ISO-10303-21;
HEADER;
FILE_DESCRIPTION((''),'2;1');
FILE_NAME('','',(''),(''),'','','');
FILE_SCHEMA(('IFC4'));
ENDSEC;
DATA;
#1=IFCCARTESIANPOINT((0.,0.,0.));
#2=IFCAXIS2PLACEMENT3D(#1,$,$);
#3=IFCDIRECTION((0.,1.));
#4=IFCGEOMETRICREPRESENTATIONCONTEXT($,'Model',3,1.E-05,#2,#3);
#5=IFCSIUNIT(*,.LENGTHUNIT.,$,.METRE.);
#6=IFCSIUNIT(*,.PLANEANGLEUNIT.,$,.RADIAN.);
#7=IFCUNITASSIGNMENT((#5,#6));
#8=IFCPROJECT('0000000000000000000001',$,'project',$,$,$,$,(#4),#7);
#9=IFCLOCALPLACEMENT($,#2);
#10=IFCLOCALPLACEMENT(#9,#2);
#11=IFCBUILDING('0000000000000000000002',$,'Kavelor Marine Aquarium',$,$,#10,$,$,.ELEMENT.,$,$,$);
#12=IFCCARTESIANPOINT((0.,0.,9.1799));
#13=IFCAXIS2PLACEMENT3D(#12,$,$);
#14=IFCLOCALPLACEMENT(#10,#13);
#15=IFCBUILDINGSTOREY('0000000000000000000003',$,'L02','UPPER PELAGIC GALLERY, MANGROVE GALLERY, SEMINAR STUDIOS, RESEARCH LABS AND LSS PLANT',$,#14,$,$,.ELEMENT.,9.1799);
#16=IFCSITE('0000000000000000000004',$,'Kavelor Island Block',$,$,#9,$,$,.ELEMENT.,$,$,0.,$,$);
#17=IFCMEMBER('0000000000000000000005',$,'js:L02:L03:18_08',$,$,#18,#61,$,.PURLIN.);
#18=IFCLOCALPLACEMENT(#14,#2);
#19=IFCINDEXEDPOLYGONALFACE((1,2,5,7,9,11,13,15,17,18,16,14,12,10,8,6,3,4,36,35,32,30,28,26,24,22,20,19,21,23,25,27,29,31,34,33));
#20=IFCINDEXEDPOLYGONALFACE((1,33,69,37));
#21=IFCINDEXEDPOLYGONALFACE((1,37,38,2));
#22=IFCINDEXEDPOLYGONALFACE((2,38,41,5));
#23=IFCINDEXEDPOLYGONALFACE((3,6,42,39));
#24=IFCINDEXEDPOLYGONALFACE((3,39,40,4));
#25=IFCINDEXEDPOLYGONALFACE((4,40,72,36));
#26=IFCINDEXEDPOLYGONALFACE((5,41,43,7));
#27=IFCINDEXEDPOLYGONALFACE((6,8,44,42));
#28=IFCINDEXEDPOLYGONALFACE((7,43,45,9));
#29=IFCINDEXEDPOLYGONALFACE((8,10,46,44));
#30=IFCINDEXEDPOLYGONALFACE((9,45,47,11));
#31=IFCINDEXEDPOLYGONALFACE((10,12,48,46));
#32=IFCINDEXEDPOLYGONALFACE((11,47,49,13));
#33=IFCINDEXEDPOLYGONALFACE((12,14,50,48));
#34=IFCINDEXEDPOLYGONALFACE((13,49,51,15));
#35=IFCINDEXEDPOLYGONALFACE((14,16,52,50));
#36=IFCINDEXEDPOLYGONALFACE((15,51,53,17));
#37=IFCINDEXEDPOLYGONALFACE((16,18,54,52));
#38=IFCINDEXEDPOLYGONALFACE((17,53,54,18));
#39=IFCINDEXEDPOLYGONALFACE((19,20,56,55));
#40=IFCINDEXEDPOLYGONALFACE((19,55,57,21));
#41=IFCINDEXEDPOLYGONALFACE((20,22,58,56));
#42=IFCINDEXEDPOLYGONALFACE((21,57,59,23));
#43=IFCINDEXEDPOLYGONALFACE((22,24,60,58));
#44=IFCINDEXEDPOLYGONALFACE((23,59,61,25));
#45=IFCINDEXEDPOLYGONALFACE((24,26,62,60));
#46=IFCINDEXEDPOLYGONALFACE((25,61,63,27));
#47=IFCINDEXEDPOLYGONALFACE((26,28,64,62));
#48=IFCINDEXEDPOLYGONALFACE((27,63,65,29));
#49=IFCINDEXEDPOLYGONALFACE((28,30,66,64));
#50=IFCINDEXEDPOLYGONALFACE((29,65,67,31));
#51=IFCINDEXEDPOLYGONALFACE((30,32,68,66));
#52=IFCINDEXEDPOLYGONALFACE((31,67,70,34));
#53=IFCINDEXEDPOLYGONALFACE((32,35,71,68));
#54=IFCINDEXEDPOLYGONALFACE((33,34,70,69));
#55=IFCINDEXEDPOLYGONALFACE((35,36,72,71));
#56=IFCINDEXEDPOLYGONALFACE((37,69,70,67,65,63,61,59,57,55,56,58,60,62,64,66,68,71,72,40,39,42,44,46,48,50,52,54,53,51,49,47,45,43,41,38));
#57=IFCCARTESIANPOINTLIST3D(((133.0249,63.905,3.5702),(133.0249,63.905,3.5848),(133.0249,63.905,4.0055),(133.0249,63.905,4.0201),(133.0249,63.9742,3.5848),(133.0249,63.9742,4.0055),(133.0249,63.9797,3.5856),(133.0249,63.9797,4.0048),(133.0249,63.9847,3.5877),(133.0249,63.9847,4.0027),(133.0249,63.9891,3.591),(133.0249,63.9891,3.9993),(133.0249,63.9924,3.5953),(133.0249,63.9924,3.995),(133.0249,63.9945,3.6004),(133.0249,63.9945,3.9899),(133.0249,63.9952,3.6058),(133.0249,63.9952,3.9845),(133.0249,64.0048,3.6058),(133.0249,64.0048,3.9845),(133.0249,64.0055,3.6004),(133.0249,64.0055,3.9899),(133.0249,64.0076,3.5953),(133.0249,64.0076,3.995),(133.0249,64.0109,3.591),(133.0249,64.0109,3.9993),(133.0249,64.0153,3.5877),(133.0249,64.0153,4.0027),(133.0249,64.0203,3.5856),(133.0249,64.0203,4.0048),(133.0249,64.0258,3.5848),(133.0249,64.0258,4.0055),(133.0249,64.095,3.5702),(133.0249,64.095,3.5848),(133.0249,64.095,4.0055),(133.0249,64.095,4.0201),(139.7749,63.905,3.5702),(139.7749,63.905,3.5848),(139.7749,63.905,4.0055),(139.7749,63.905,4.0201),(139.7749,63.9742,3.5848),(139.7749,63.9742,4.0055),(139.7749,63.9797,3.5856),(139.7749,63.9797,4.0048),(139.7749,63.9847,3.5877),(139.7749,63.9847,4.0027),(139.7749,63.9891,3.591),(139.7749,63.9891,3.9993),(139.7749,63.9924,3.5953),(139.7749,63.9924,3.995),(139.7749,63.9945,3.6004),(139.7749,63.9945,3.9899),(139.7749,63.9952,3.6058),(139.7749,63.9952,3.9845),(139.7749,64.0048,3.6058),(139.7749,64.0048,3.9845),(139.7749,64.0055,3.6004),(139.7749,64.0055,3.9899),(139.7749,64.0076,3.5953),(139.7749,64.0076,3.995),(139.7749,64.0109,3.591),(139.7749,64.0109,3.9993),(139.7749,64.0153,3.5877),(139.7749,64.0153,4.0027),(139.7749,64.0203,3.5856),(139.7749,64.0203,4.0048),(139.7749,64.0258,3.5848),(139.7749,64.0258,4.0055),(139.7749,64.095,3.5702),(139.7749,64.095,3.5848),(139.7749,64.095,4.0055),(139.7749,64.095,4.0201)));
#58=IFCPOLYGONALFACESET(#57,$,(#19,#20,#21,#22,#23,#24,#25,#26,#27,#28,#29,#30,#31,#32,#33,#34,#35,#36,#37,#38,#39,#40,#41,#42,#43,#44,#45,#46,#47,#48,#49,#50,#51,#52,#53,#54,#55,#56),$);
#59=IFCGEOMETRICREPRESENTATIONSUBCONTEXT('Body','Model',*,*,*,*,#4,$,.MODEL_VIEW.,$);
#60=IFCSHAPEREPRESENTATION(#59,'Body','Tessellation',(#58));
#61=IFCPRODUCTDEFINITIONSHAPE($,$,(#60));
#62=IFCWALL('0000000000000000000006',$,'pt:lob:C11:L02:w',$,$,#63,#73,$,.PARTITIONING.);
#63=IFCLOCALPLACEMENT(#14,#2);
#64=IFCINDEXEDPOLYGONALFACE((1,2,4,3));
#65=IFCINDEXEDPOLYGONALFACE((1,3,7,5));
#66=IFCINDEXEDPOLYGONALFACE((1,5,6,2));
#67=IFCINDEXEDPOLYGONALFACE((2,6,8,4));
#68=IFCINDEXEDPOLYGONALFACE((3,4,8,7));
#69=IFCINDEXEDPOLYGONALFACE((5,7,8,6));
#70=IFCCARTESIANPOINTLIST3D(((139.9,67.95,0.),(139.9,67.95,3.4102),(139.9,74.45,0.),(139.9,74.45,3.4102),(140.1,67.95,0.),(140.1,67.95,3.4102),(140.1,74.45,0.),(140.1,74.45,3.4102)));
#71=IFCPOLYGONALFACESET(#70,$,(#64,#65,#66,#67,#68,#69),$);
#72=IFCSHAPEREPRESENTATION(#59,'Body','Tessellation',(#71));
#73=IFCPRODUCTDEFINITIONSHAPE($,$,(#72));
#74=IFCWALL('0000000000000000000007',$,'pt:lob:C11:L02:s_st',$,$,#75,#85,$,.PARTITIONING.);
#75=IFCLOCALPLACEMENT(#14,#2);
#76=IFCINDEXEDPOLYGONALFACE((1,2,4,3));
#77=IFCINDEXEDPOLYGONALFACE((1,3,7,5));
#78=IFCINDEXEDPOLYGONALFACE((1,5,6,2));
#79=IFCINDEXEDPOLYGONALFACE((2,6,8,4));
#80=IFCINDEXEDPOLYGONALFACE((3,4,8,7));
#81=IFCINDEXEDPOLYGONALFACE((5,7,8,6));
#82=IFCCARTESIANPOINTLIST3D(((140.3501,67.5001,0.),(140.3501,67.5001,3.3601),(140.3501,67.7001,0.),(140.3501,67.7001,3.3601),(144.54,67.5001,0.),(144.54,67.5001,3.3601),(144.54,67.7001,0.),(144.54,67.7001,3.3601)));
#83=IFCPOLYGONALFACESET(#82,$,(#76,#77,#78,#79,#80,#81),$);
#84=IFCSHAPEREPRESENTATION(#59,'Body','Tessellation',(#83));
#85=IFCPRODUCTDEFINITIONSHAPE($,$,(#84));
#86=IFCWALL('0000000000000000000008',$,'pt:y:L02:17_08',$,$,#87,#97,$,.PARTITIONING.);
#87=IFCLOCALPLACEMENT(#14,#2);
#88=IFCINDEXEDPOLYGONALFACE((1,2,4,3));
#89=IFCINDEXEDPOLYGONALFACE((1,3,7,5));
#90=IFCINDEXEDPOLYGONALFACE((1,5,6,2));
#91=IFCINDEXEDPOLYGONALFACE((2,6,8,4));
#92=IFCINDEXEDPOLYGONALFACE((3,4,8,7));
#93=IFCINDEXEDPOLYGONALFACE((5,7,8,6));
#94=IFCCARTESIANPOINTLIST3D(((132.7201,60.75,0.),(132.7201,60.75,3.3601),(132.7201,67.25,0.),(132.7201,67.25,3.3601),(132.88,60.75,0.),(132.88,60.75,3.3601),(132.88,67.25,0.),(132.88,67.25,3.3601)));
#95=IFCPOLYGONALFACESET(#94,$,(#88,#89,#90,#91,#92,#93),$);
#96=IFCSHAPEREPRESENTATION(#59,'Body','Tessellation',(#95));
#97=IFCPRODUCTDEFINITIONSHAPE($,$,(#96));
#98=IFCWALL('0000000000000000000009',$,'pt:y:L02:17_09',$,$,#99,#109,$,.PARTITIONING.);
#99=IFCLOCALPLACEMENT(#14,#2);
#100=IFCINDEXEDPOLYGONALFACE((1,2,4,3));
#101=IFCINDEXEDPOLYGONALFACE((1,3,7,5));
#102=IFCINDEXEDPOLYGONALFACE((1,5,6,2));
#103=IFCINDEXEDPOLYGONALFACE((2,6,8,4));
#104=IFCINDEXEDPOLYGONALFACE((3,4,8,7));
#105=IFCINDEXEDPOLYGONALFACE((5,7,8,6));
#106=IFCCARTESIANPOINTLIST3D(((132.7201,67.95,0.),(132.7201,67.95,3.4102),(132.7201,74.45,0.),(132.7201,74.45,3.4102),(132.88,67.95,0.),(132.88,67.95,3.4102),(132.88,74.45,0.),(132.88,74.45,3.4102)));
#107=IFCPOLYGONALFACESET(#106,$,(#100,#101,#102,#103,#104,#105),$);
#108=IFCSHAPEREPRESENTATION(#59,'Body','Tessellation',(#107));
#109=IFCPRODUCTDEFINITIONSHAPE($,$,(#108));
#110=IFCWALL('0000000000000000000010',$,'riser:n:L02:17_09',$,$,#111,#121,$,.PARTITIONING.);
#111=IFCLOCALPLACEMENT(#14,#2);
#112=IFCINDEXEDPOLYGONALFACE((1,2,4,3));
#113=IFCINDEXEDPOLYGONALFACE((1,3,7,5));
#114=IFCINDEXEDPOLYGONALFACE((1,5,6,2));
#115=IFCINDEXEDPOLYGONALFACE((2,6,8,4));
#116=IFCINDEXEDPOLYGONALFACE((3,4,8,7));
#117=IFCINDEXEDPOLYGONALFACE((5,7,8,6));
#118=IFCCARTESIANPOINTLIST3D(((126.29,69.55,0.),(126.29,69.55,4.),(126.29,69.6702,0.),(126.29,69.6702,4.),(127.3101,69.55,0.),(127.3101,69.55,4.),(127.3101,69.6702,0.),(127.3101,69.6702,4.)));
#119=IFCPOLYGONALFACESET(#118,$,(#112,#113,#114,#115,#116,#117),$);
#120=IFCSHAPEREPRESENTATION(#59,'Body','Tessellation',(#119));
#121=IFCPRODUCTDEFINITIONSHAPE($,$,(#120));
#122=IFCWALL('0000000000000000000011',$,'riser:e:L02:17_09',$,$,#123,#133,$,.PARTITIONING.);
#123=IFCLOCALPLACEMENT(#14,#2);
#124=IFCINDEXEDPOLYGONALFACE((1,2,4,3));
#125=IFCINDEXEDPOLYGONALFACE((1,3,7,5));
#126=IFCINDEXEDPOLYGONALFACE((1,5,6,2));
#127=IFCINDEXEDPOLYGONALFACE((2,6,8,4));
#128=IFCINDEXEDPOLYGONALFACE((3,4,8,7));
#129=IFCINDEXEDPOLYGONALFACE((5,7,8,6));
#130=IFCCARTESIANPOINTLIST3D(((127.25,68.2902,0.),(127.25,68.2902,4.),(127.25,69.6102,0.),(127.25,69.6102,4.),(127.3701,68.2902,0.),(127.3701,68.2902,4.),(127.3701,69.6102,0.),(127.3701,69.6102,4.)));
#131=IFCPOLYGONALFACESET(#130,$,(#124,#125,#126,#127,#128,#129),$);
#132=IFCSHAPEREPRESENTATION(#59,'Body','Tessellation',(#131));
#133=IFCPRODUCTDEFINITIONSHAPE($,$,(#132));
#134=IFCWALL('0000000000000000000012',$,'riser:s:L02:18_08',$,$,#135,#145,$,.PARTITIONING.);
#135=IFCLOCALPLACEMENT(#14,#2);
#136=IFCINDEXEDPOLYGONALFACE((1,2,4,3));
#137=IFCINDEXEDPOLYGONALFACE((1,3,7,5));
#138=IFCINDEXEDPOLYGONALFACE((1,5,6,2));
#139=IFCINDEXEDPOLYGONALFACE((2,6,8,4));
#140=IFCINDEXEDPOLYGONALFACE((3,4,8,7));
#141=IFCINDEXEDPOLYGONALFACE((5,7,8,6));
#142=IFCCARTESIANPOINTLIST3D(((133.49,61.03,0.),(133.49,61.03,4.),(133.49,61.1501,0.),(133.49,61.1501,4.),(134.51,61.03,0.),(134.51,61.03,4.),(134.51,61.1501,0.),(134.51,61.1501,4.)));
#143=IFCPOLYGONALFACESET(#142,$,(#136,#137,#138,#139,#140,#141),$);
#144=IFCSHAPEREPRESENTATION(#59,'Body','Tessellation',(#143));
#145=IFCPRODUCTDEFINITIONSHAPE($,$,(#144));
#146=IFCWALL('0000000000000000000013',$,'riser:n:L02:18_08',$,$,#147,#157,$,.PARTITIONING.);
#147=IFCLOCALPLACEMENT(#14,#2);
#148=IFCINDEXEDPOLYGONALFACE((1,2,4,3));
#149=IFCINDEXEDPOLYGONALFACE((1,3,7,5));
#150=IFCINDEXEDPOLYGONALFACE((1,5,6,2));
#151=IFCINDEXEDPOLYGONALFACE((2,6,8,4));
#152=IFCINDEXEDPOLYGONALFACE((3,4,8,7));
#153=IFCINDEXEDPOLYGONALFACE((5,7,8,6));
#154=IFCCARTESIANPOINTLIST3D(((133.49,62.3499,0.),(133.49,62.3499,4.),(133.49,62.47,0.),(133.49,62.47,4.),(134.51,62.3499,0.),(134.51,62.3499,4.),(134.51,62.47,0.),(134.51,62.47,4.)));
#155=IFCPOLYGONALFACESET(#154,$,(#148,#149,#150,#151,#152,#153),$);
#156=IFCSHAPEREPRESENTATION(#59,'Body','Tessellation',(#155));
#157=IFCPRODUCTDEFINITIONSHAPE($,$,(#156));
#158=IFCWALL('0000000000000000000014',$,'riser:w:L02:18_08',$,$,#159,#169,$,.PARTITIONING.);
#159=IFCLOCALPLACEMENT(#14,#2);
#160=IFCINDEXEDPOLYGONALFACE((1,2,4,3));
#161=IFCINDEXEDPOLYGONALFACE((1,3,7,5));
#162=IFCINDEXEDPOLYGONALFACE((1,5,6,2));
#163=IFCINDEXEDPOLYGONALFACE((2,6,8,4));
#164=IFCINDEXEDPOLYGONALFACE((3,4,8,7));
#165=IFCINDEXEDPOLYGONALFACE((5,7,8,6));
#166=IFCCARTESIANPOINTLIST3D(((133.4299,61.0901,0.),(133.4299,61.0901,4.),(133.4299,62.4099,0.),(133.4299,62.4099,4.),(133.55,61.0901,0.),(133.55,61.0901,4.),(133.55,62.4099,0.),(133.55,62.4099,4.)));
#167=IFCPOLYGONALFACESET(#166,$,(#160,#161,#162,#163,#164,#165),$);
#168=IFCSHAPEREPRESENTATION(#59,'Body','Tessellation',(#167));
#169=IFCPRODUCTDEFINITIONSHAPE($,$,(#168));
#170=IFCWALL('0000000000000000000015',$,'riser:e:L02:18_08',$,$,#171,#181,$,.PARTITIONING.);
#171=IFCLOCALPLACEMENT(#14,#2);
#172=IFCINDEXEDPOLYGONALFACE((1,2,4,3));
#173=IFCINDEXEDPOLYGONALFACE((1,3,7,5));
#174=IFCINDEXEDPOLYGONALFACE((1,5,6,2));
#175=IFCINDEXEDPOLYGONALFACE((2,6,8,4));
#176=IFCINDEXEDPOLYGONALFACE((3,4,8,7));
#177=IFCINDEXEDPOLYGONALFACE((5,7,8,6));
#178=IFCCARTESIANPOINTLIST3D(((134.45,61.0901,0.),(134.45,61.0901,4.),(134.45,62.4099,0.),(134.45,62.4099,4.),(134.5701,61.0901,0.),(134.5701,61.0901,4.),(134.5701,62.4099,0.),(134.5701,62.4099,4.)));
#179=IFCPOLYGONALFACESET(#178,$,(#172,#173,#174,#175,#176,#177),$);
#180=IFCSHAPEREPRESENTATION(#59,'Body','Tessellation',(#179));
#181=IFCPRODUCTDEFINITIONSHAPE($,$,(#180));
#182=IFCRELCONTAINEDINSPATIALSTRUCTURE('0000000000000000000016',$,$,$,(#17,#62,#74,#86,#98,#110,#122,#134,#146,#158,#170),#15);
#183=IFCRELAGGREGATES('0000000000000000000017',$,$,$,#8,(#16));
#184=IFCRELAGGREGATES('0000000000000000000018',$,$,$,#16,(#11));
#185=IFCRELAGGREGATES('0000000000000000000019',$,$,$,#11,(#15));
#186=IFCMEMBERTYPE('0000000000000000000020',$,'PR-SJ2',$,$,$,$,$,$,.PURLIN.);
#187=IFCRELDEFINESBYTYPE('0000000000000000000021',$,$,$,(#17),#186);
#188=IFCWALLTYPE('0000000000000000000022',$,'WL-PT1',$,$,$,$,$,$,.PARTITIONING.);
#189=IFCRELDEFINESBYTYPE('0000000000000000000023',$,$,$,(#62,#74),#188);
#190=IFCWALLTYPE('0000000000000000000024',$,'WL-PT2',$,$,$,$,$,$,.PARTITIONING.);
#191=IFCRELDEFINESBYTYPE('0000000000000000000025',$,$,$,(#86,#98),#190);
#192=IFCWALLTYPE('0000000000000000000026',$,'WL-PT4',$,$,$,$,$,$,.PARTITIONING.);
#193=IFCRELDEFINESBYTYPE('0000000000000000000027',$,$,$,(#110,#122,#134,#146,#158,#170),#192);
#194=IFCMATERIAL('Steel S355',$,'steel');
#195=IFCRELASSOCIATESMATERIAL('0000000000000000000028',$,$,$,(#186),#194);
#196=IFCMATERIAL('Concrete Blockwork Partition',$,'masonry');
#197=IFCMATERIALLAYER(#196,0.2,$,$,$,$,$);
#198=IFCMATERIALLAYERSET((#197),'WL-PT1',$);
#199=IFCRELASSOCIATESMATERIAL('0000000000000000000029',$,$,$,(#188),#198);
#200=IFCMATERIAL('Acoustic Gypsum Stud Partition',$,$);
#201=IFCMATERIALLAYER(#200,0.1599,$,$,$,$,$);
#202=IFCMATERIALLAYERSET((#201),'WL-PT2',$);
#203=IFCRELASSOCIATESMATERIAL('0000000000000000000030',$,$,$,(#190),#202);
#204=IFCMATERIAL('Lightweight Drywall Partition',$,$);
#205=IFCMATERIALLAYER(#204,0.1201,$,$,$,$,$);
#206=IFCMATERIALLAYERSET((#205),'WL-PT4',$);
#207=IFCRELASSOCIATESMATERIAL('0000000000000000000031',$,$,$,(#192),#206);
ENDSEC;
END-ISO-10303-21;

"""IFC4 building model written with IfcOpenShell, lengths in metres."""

from ifc_helpers import new_model, si_unit, direction, frame, frame_2d, origin, origin_2d, place, context, subcontext, project, spatial, rectangle, i_section, extrude, material, layer, layer_set, material_profile, profile_set, type_object, element, save


model = new_model("IFC4")

# Units and contexts
model_context = context("Model", 3, precision=1e-05, world=origin(), true_north=direction((0.0, 1.0)))
body_context = subcontext(model_context, "Body", "Model", "MODEL_VIEW")
ifc_project = project(units=[si_unit("LENGTHUNIT", "METRE"), si_unit("PLANEANGLEUNIT", "RADIAN")], contexts=[model_context])

# Site, building, storey
site_placement = place(None, origin())
site = spatial("IfcSite", under=ifc_project, at=site_placement, Name="Kavelor Island Block", CompositionType="ELEMENT", RefElevation=0.0)
building_placement = place(site_placement, origin())
building = spatial("IfcBuilding", under=site, at=building_placement, Name="Kavelor Marine Aquarium", CompositionType="ELEMENT")
storey_placement = place(building_placement, frame((0.0, 0.0, 9.1799)))
storey = spatial("IfcBuildingStorey", under=building, at=storey_placement, Name="L02", Description="UPPER PELAGIC GALLERY, MANGROVE GALLERY, SEMINAR STUDIOS, RESEARCH LABS AND LSS PLANT", CompositionType="ELEMENT", Elevation=9.1799)

# Member
ifc_material_1 = material(Name="Steel S355", Category="steel")
ifc_material_profile_1 = material_profile(ifc_material_1, i_section(OverallWidth=0.1899, OverallDepth=0.45, WebThickness=0.0095, FlangeThickness=0.0146, FilletRadius=0.021, at=origin_2d()), Name="IPE 450")
ifc_profile_set_1 = profile_set([ifc_material_profile_1], Name="Steel S355")
member_type = type_object("IfcMemberType", Name="PR-SJ2", PredefinedType="PURLIN", material=ifc_profile_set_1)
member_placement = place(storey_placement, frame((133.0249, 64.0, 3.7952), z_axis=(1.0, 0.0, 0.0), x_axis=(0.0, 1.0, 0.0)))
element("IfcMember", 1, at=member_placement, inside=storey, type_object=member_type, Name="js:L02:L03:18_08", PredefinedType="PURLIN", context=body_context, shape_type="SweptSolid", body=[
    extrude(i_section(OverallWidth=0.1899, OverallDepth=0.45, WebThickness=0.0095, FlangeThickness=0.0146, FilletRadius=0.021, at=origin_2d()), origin(), (0.0, 0.0, 1.0), 6.75),
])

# Walls
ifc_material_2 = material(Name="Concrete Blockwork Partition", Category="masonry")
ifc_layer_1 = layer(ifc_material_2, 0.2)
ifc_layer_set_1 = layer_set([ifc_layer_1], Name="WL-PT1")
wall_type_1 = type_object("IfcWallType", Name="WL-PT1", PredefinedType="PARTITIONING", material=ifc_layer_set_1)
wall_1_placement = place(storey_placement, frame((140.0, 67.95, 0.0), z_axis=(0.0, 0.0, 1.0), x_axis=(0.0, 1.0, 0.0)))
element("IfcWall", 2, at=wall_1_placement, inside=storey, type_object=wall_type_1, Name="pt:lob:C11:L02:w", PredefinedType="PARTITIONING", context=body_context, shape_type="SweptSolid", body=[
    extrude(rectangle(XDim=6.5, YDim=0.2, at=frame_2d((3.25, 0.0))), origin(), (0.0, 0.0, 1.0), 3.4102),
])
wall_2_placement = place(storey_placement, frame((140.3501, 67.6001, 0.0), z_axis=(0.0, 0.0, 1.0), x_axis=(1.0, 0.0, 0.0)))
element("IfcWall", 3, at=wall_2_placement, inside=storey, type_object=wall_type_1, Name="pt:lob:C11:L02:s_st", PredefinedType="PARTITIONING", context=body_context, shape_type="SweptSolid", body=[
    extrude(rectangle(XDim=4.1899, YDim=0.2, at=frame_2d((2.095, 0.0))), origin(), (0.0, 0.0, 1.0), 3.3601),
])
ifc_material_3 = material(Name="Acoustic Gypsum Stud Partition")
ifc_layer_2 = layer(ifc_material_3, 0.1599)
ifc_layer_set_2 = layer_set([ifc_layer_2], Name="WL-PT2")
wall_type_2 = type_object("IfcWallType", Name="WL-PT2", PredefinedType="PARTITIONING", material=ifc_layer_set_2)
wall_3_placement = place(storey_placement, frame((132.8, 60.75, 0.0), z_axis=(0.0, 0.0, 1.0), x_axis=(0.0, 1.0, 0.0)))
element("IfcWall", 4, at=wall_3_placement, inside=storey, type_object=wall_type_2, Name="pt:y:L02:17_08", PredefinedType="PARTITIONING", context=body_context, shape_type="SweptSolid", body=[
    extrude(rectangle(XDim=6.5, YDim=0.1599, at=frame_2d((3.25, 0.0))), origin(), (0.0, 0.0, 1.0), 3.3601),
])
wall_4_placement = place(storey_placement, frame((132.8, 67.95, 0.0), z_axis=(0.0, 0.0, 1.0), x_axis=(0.0, 1.0, 0.0)))
element("IfcWall", 5, at=wall_4_placement, inside=storey, type_object=wall_type_2, Name="pt:y:L02:17_09", PredefinedType="PARTITIONING", context=body_context, shape_type="SweptSolid", body=[
    extrude(rectangle(XDim=6.5, YDim=0.1599, at=frame_2d((3.25, 0.0))), origin(), (0.0, 0.0, 1.0), 3.4102),
])
ifc_material_4 = material(Name="Lightweight Drywall Partition")
ifc_layer_3 = layer(ifc_material_4, 0.1201)
ifc_layer_set_3 = layer_set([ifc_layer_3], Name="WL-PT4")
wall_type_3 = type_object("IfcWallType", Name="WL-PT4", PredefinedType="PARTITIONING", material=ifc_layer_set_3)
wall_5_placement = place(storey_placement, frame((126.29, 69.6101, 0.0), z_axis=(0.0, 0.0, 1.0), x_axis=(1.0, 0.0, 0.0)))
element("IfcWall", 6, at=wall_5_placement, inside=storey, type_object=wall_type_3, Name="riser:n:L02:17_09", PredefinedType="PARTITIONING", context=body_context, shape_type="SweptSolid", body=[
    extrude(rectangle(XDim=1.02, YDim=0.1201, at=frame_2d((0.51, 0.0))), origin(), (0.0, 0.0, 1.0), 4.0),
])
wall_6_placement = place(storey_placement, frame((127.3101, 68.29, 0.0), z_axis=(0.0, 0.0, 1.0), x_axis=(0.0, 1.0, 0.0)))
element("IfcWall", 7, at=wall_6_placement, inside=storey, type_object=wall_type_3, Name="riser:e:L02:17_09", PredefinedType="PARTITIONING", context=body_context, shape_type="SweptSolid", body=[
    extrude(rectangle(XDim=1.3201, YDim=0.1201, at=frame_2d((0.6602, 0.0))), origin(), (0.0, 0.0, 1.0), 4.0),
])
for number, where, z_axis, x_axis, name in (
    (8, (133.49, 61.0901, 0.0), (0.0, 0.0, 1.0), (1.0, 0.0, 0.0), "riser:s:L02:18_08"),
    (9, (133.49, 62.4099, 0.0), (0.0, 0.0, 1.0), (1.0, 0.0, 0.0), "riser:n:L02:18_08"),
):
    element("IfcWall", number, at=place(storey_placement, frame(where, z_axis=z_axis, x_axis=x_axis)), inside=storey, type_object=wall_type_3, Name=name, PredefinedType="PARTITIONING", context=body_context, shape_type="SweptSolid", body=[
        extrude(rectangle(XDim=1.02, YDim=0.1201, at=frame_2d((0.51, 0.0))), origin(), (0.0, 0.0, 1.0), 4.0),
    ])
for number, where, z_axis, x_axis, name in (
    (10, (133.49, 61.0901, 0.0), (0.0, 0.0, 1.0), (0.0, 1.0, 0.0), "riser:w:L02:18_08"),
    (11, (134.51, 61.0901, 0.0), (0.0, 0.0, 1.0), (0.0, 1.0, 0.0), "riser:e:L02:18_08"),
):
    element("IfcWall", number, at=place(storey_placement, frame(where, z_axis=z_axis, x_axis=x_axis)), inside=storey, type_object=wall_type_3, Name=name, PredefinedType="PARTITIONING", context=body_context, shape_type="SweptSolid", body=[
        extrude(rectangle(XDim=1.3198, YDim=0.1201, at=frame_2d((0.6599, 0.0))), origin(), (0.0, 0.0, 1.0), 4.0),
    ])

save(model, "model.ifc")
